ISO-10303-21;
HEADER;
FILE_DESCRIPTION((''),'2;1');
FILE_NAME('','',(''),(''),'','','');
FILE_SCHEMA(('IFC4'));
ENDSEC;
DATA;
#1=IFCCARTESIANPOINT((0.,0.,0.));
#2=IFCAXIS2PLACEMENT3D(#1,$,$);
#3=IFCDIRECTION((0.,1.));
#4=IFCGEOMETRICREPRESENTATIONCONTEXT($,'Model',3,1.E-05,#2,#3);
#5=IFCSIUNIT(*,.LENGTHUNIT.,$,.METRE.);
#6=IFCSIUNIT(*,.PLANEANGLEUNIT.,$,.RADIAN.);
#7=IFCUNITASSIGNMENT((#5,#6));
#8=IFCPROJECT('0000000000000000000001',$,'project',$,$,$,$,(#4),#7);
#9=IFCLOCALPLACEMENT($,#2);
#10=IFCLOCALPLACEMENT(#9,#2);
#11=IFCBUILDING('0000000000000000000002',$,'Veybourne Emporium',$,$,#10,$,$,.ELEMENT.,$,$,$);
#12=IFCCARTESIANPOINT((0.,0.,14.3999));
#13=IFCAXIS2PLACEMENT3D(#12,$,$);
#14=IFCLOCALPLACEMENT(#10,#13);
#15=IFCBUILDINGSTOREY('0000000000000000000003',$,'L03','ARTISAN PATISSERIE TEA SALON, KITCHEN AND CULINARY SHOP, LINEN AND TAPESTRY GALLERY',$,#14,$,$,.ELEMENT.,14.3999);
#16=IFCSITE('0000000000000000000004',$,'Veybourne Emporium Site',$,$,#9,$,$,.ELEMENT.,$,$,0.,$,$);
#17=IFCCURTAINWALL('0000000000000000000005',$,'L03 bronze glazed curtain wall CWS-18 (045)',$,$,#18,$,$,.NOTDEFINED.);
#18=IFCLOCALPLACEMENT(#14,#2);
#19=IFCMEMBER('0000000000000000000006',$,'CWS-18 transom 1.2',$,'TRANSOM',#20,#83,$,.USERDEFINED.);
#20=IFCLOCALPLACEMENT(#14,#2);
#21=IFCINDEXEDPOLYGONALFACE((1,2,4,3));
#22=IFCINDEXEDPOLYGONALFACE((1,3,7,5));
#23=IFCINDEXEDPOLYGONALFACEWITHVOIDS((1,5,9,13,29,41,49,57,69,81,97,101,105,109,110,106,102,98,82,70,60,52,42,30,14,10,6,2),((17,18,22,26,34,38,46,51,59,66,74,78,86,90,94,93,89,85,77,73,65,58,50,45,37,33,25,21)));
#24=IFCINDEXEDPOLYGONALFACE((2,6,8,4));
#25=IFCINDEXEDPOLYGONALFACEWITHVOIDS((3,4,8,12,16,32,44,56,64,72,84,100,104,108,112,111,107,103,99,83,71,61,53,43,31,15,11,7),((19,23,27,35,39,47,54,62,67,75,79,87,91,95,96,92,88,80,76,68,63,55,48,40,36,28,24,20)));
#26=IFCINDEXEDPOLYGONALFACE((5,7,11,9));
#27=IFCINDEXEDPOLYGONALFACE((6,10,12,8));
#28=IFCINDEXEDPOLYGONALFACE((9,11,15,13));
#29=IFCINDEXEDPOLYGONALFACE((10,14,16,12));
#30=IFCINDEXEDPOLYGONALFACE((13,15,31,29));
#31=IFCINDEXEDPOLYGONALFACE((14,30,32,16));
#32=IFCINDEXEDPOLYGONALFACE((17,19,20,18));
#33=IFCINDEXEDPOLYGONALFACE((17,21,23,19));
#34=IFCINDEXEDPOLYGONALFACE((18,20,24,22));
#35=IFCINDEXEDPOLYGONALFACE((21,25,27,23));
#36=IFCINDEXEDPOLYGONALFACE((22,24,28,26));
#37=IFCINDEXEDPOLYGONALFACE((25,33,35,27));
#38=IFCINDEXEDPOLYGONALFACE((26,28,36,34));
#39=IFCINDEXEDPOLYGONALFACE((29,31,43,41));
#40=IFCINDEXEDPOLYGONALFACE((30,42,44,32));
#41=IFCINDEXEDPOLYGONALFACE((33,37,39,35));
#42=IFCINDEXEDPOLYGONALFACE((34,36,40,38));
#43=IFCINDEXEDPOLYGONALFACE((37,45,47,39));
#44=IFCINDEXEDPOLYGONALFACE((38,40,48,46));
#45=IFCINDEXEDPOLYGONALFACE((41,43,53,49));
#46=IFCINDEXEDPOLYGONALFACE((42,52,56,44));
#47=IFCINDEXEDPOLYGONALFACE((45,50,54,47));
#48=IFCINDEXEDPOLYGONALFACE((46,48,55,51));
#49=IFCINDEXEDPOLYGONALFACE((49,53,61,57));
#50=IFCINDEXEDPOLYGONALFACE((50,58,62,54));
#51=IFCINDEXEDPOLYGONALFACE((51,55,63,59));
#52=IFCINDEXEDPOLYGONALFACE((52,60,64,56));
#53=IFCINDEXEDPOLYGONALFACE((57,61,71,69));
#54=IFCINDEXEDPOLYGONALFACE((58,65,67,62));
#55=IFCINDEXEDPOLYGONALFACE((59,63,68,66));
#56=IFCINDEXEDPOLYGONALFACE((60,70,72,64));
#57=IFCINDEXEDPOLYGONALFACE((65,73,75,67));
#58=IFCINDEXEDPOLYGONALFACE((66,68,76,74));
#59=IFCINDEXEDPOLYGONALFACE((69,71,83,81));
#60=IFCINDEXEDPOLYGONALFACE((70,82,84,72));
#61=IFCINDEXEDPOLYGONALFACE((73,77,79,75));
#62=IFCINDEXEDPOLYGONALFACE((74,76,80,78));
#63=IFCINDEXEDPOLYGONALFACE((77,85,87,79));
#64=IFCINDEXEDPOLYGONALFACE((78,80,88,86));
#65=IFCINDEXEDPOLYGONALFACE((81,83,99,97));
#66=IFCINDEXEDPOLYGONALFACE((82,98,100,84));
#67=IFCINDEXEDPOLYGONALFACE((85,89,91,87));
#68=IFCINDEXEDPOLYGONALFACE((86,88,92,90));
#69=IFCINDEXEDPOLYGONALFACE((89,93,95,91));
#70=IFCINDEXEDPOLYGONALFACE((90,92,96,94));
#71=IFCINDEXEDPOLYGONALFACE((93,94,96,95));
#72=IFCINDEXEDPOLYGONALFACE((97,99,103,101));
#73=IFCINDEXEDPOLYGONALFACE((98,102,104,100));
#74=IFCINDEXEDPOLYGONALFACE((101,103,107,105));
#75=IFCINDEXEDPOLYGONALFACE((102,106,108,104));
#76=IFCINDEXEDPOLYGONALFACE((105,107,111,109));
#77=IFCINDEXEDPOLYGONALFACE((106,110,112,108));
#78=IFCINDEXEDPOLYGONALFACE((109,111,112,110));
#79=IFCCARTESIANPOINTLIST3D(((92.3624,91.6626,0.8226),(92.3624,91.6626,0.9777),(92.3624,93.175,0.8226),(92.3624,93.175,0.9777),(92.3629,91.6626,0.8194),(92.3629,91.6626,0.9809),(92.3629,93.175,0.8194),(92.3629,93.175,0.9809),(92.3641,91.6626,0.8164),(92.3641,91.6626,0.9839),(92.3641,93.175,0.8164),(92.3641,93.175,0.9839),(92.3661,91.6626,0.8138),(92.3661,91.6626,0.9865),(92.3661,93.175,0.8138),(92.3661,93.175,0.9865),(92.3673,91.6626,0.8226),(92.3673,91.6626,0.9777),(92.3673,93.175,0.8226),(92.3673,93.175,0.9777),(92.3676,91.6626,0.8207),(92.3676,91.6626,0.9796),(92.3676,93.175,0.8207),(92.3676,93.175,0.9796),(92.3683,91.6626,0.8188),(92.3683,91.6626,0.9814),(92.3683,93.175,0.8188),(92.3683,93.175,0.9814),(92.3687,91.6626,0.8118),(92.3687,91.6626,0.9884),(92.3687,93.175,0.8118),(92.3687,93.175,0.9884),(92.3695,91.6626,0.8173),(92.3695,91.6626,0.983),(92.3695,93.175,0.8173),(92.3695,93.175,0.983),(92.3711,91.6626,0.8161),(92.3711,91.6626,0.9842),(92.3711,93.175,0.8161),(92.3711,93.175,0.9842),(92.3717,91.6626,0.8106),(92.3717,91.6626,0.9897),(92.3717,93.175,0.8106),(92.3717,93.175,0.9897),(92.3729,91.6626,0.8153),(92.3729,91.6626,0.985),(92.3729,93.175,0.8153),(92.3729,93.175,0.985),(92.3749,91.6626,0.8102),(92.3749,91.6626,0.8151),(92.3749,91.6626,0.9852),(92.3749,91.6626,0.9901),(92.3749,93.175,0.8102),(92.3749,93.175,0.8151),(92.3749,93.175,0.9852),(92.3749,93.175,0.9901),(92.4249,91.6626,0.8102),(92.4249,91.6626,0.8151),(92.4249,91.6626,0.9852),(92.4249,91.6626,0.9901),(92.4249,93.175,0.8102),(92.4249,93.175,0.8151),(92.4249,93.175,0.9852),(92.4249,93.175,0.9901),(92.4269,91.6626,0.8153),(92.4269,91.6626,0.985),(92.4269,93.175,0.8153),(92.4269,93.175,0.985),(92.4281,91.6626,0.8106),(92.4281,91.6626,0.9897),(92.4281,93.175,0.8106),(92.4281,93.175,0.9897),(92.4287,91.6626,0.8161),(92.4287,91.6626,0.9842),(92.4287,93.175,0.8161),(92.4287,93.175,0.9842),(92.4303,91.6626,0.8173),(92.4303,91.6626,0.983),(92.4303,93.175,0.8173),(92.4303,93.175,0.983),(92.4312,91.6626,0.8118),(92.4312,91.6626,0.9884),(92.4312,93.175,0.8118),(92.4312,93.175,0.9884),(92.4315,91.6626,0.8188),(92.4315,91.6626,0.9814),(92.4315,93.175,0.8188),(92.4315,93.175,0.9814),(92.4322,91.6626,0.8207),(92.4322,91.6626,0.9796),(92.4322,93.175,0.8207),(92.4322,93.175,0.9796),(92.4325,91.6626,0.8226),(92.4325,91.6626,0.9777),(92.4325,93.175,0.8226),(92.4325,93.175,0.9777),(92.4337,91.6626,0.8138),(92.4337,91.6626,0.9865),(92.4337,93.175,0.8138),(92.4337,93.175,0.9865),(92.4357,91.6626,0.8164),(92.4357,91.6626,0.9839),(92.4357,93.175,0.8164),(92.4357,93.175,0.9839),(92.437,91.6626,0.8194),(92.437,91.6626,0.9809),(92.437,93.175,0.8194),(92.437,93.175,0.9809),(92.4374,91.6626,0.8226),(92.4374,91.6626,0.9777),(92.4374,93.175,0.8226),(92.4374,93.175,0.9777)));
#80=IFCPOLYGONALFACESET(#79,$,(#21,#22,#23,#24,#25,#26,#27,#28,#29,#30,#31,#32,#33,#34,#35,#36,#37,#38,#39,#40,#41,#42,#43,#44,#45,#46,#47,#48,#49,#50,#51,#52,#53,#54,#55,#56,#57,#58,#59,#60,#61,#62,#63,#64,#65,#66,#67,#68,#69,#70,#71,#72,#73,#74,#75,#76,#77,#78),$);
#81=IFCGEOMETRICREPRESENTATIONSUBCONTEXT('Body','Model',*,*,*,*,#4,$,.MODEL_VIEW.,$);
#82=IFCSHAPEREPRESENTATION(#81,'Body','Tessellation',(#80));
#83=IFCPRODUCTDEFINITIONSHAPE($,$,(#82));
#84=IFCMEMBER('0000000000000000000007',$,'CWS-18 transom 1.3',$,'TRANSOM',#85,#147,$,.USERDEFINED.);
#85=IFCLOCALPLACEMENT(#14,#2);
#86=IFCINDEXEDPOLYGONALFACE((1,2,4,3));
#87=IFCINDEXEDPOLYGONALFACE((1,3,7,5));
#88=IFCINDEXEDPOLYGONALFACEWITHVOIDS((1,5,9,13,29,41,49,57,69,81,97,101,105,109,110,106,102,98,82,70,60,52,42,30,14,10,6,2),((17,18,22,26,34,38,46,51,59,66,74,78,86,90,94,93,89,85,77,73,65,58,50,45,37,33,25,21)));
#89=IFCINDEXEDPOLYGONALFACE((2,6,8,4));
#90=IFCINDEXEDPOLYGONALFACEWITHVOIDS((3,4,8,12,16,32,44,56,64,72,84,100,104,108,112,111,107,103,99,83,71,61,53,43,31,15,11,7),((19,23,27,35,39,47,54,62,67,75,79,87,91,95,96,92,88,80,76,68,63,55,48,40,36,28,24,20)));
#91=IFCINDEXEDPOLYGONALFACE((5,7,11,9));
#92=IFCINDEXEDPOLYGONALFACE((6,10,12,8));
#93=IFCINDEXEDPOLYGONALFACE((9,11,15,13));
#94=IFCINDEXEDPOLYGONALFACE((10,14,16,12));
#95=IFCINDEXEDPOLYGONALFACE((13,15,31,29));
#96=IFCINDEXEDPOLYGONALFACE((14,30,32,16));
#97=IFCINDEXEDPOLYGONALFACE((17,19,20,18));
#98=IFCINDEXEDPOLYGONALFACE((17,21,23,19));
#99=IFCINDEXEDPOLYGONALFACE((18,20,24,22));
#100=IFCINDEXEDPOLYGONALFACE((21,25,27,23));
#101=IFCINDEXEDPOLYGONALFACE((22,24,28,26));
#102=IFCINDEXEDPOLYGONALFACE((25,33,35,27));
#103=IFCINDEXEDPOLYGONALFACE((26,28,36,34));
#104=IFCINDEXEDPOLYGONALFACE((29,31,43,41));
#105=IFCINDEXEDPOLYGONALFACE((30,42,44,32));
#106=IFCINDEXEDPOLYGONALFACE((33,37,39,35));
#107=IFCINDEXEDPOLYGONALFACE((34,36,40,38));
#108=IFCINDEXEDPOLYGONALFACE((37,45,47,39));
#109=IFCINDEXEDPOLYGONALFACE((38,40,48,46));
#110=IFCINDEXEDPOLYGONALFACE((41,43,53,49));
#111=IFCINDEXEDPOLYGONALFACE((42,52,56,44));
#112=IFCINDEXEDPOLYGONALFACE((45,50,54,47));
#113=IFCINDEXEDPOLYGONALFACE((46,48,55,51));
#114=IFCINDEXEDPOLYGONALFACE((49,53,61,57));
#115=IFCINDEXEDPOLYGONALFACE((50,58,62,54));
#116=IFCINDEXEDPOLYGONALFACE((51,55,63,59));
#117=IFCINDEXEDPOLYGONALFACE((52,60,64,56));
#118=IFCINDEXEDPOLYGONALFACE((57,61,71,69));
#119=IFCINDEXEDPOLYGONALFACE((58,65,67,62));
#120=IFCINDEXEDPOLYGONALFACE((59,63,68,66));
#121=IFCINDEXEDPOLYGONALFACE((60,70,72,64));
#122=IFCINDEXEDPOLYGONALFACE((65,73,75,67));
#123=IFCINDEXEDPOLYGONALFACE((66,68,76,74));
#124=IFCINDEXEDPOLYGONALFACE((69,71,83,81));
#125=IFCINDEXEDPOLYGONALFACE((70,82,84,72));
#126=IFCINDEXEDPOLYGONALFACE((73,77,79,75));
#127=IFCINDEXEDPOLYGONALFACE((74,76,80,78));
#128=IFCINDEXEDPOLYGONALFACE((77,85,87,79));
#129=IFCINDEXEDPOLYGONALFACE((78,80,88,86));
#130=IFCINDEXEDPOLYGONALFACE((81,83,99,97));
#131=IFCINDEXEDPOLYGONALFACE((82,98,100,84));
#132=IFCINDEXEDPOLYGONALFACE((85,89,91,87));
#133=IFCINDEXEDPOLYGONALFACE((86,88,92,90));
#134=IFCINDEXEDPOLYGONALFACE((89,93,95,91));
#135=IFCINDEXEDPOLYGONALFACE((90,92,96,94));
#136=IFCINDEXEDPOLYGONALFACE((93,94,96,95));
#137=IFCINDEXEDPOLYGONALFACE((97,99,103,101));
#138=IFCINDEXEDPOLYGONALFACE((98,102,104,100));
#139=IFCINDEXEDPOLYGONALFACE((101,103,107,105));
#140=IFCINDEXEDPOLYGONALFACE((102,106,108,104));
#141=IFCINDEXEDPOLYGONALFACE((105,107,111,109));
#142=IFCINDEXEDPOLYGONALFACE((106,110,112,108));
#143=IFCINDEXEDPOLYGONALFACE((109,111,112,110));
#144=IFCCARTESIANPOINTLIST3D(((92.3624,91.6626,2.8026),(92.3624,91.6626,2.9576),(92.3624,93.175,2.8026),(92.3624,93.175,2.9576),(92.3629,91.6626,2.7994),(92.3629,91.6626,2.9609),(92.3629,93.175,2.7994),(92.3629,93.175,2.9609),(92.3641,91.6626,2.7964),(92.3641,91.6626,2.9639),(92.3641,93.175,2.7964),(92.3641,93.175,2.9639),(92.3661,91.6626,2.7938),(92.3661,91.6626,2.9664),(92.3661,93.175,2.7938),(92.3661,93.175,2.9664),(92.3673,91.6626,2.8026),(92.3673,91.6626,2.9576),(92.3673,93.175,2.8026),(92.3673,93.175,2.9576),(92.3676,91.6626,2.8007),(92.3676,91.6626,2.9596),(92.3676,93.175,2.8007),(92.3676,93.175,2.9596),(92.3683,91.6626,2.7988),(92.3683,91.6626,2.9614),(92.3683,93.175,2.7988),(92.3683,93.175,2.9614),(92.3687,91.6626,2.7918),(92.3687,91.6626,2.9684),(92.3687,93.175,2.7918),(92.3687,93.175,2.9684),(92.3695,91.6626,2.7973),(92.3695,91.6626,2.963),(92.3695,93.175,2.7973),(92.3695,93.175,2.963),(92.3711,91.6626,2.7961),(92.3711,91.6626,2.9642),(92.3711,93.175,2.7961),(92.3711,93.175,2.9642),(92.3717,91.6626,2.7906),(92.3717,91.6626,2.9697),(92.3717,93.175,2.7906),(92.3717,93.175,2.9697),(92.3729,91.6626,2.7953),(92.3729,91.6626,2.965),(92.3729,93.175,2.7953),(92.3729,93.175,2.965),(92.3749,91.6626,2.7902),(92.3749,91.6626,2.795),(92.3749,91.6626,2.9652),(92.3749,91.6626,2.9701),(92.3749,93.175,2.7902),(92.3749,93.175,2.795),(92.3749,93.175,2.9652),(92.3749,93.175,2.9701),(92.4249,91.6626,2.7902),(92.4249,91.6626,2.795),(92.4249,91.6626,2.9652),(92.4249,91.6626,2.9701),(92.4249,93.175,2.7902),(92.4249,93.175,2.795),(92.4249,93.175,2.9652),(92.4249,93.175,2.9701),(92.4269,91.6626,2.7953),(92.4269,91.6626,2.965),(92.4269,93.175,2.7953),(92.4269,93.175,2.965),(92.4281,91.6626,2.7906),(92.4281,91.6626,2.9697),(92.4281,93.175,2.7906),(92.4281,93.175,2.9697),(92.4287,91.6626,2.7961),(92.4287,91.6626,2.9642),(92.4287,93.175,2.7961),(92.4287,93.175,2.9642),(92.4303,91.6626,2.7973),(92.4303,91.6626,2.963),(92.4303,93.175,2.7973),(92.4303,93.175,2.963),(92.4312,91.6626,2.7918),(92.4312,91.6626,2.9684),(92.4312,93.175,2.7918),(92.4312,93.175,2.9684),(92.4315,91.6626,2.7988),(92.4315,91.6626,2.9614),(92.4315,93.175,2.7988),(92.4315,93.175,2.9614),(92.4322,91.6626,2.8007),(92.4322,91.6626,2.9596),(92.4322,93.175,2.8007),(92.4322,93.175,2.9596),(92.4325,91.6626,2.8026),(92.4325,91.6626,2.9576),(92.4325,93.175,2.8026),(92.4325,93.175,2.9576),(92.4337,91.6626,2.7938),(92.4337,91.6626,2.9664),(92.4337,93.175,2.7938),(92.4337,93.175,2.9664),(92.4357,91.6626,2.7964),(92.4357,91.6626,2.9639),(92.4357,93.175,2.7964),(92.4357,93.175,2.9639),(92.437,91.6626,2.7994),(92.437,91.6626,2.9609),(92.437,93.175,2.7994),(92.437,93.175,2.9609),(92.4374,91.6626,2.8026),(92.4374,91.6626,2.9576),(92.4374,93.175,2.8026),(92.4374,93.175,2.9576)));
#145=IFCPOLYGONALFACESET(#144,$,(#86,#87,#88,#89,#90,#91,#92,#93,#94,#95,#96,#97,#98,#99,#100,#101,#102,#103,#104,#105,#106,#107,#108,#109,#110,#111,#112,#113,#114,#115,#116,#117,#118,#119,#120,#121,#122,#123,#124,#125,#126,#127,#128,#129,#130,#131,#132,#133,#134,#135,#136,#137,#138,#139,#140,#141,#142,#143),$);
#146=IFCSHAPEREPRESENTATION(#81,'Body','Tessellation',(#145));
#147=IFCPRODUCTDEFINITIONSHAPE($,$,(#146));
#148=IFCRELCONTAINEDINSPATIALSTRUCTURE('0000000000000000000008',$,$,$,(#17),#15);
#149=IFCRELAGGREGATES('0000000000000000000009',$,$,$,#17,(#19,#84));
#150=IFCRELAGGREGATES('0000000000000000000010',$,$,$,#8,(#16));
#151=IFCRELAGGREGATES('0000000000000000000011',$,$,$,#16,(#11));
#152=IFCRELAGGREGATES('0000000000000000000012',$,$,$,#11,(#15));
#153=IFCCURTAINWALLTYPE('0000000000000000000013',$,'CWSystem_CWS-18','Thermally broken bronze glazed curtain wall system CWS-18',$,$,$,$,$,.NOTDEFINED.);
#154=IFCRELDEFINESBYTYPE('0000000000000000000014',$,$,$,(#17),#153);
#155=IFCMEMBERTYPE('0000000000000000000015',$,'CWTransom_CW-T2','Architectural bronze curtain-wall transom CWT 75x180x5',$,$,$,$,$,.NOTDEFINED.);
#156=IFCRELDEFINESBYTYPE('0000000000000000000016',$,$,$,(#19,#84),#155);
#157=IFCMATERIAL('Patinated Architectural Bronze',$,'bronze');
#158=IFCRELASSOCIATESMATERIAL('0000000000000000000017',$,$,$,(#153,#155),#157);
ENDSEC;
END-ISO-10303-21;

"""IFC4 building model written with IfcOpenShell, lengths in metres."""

from ifc_helpers import new_model, si_unit, direction, frame, origin, origin_2d, place, context, subcontext, project, spatial, hollow_rectangle, extrude, material, material_profile, profile_set, type_object, element, aggregate, save


model = new_model("IFC4")

# Units and contexts
model_context = context("Model", 3, precision=1e-05, world=origin(), true_north=direction((0.0, 1.0)))
body_context = subcontext(model_context, "Body", "Model", "MODEL_VIEW")
ifc_project = project(units=[si_unit("LENGTHUNIT", "METRE"), si_unit("PLANEANGLEUNIT", "RADIAN")], contexts=[model_context])

# Site, building, storey
site_placement = place(None, origin())
site = spatial("IfcSite", under=ifc_project, at=site_placement, Name="Veybourne Emporium Site", CompositionType="ELEMENT", RefElevation=0.0)
building_placement = place(site_placement, origin())
building = spatial("IfcBuilding", under=site, at=building_placement, Name="Veybourne Emporium", CompositionType="ELEMENT")
storey_placement = place(building_placement, frame((0.0, 0.0, 14.3999)))
storey = spatial("IfcBuildingStorey", under=building, at=storey_placement, Name="L03", Description="ARTISAN PATISSERIE TEA SALON, KITCHEN AND CULINARY SHOP, LINEN AND TAPESTRY GALLERY", CompositionType="ELEMENT", Elevation=14.3999)

# Curtain wall, members
ifc_material_1 = material(Name="Patinated Architectural Bronze", Category="bronze")
curtain_wall_type = type_object("IfcCurtainWallType", Name="CWSystem_CWS-18", Description="Thermally broken bronze glazed curtain wall system CWS-18", PredefinedType="NOTDEFINED", material=ifc_material_1)
curtain_wall_placement = place(storey_placement, origin())
curtain_wall = element("IfcCurtainWall", 1, at=curtain_wall_placement, inside=storey, type_object=curtain_wall_type, Name="L03 bronze glazed curtain wall CWS-18 (045)", PredefinedType="NOTDEFINED")
ifc_material_profile_1 = material_profile(ifc_material_1, hollow_rectangle(XDim=0.075, YDim=0.1799, WallThickness=0.0049, InnerFilletRadius=0.0076, OuterFilletRadius=0.0125, at=origin_2d()), Name="CWT 75x180x5")
ifc_profile_set_1 = profile_set([ifc_material_profile_1], Name="Patinated Architectural Bronze")
member_type_1 = type_object("IfcMemberType", Name="CWTransom_CW-T2", Description="Architectural bronze curtain-wall transom CWT 75x180x5", PredefinedType="NOTDEFINED", material=ifc_profile_set_1)
member_1_placement = place(storey_placement, frame((92.3999, 93.175, 0.9001), z_axis=(0.0, -1.0, 0.0), x_axis=(1.0, 0.0, 0.0)))
member_1 = element("IfcMember", 2, at=member_1_placement, type_object=member_type_1, Name="CWS-18 transom 1.2", ObjectType="TRANSOM", PredefinedType="USERDEFINED", context=body_context, shape_type="SweptSolid", body=[
    extrude(hollow_rectangle(XDim=0.075, YDim=0.1799, WallThickness=0.0049, InnerFilletRadius=0.0076, OuterFilletRadius=0.0125, at=origin_2d()), origin(), (0.0, 0.0, 1.0), 1.5125),
])
member_2_placement = place(storey_placement, frame((92.3999, 93.175, 2.8801), z_axis=(0.0, -1.0, 0.0), x_axis=(1.0, 0.0, 0.0)))
member_2 = element("IfcMember", 3, at=member_2_placement, type_object=member_type_1, Name="CWS-18 transom 1.3", ObjectType="TRANSOM", PredefinedType="USERDEFINED", context=body_context, shape_type="SweptSolid", body=[
    extrude(hollow_rectangle(XDim=0.075, YDim=0.1799, WallThickness=0.0049, InnerFilletRadius=0.0076, OuterFilletRadius=0.0125, at=origin_2d()), origin(), (0.0, 0.0, 1.0), 1.5125),
])

aggregate(curtain_wall, [member_1, member_2])

save(model, "model.ifc")
